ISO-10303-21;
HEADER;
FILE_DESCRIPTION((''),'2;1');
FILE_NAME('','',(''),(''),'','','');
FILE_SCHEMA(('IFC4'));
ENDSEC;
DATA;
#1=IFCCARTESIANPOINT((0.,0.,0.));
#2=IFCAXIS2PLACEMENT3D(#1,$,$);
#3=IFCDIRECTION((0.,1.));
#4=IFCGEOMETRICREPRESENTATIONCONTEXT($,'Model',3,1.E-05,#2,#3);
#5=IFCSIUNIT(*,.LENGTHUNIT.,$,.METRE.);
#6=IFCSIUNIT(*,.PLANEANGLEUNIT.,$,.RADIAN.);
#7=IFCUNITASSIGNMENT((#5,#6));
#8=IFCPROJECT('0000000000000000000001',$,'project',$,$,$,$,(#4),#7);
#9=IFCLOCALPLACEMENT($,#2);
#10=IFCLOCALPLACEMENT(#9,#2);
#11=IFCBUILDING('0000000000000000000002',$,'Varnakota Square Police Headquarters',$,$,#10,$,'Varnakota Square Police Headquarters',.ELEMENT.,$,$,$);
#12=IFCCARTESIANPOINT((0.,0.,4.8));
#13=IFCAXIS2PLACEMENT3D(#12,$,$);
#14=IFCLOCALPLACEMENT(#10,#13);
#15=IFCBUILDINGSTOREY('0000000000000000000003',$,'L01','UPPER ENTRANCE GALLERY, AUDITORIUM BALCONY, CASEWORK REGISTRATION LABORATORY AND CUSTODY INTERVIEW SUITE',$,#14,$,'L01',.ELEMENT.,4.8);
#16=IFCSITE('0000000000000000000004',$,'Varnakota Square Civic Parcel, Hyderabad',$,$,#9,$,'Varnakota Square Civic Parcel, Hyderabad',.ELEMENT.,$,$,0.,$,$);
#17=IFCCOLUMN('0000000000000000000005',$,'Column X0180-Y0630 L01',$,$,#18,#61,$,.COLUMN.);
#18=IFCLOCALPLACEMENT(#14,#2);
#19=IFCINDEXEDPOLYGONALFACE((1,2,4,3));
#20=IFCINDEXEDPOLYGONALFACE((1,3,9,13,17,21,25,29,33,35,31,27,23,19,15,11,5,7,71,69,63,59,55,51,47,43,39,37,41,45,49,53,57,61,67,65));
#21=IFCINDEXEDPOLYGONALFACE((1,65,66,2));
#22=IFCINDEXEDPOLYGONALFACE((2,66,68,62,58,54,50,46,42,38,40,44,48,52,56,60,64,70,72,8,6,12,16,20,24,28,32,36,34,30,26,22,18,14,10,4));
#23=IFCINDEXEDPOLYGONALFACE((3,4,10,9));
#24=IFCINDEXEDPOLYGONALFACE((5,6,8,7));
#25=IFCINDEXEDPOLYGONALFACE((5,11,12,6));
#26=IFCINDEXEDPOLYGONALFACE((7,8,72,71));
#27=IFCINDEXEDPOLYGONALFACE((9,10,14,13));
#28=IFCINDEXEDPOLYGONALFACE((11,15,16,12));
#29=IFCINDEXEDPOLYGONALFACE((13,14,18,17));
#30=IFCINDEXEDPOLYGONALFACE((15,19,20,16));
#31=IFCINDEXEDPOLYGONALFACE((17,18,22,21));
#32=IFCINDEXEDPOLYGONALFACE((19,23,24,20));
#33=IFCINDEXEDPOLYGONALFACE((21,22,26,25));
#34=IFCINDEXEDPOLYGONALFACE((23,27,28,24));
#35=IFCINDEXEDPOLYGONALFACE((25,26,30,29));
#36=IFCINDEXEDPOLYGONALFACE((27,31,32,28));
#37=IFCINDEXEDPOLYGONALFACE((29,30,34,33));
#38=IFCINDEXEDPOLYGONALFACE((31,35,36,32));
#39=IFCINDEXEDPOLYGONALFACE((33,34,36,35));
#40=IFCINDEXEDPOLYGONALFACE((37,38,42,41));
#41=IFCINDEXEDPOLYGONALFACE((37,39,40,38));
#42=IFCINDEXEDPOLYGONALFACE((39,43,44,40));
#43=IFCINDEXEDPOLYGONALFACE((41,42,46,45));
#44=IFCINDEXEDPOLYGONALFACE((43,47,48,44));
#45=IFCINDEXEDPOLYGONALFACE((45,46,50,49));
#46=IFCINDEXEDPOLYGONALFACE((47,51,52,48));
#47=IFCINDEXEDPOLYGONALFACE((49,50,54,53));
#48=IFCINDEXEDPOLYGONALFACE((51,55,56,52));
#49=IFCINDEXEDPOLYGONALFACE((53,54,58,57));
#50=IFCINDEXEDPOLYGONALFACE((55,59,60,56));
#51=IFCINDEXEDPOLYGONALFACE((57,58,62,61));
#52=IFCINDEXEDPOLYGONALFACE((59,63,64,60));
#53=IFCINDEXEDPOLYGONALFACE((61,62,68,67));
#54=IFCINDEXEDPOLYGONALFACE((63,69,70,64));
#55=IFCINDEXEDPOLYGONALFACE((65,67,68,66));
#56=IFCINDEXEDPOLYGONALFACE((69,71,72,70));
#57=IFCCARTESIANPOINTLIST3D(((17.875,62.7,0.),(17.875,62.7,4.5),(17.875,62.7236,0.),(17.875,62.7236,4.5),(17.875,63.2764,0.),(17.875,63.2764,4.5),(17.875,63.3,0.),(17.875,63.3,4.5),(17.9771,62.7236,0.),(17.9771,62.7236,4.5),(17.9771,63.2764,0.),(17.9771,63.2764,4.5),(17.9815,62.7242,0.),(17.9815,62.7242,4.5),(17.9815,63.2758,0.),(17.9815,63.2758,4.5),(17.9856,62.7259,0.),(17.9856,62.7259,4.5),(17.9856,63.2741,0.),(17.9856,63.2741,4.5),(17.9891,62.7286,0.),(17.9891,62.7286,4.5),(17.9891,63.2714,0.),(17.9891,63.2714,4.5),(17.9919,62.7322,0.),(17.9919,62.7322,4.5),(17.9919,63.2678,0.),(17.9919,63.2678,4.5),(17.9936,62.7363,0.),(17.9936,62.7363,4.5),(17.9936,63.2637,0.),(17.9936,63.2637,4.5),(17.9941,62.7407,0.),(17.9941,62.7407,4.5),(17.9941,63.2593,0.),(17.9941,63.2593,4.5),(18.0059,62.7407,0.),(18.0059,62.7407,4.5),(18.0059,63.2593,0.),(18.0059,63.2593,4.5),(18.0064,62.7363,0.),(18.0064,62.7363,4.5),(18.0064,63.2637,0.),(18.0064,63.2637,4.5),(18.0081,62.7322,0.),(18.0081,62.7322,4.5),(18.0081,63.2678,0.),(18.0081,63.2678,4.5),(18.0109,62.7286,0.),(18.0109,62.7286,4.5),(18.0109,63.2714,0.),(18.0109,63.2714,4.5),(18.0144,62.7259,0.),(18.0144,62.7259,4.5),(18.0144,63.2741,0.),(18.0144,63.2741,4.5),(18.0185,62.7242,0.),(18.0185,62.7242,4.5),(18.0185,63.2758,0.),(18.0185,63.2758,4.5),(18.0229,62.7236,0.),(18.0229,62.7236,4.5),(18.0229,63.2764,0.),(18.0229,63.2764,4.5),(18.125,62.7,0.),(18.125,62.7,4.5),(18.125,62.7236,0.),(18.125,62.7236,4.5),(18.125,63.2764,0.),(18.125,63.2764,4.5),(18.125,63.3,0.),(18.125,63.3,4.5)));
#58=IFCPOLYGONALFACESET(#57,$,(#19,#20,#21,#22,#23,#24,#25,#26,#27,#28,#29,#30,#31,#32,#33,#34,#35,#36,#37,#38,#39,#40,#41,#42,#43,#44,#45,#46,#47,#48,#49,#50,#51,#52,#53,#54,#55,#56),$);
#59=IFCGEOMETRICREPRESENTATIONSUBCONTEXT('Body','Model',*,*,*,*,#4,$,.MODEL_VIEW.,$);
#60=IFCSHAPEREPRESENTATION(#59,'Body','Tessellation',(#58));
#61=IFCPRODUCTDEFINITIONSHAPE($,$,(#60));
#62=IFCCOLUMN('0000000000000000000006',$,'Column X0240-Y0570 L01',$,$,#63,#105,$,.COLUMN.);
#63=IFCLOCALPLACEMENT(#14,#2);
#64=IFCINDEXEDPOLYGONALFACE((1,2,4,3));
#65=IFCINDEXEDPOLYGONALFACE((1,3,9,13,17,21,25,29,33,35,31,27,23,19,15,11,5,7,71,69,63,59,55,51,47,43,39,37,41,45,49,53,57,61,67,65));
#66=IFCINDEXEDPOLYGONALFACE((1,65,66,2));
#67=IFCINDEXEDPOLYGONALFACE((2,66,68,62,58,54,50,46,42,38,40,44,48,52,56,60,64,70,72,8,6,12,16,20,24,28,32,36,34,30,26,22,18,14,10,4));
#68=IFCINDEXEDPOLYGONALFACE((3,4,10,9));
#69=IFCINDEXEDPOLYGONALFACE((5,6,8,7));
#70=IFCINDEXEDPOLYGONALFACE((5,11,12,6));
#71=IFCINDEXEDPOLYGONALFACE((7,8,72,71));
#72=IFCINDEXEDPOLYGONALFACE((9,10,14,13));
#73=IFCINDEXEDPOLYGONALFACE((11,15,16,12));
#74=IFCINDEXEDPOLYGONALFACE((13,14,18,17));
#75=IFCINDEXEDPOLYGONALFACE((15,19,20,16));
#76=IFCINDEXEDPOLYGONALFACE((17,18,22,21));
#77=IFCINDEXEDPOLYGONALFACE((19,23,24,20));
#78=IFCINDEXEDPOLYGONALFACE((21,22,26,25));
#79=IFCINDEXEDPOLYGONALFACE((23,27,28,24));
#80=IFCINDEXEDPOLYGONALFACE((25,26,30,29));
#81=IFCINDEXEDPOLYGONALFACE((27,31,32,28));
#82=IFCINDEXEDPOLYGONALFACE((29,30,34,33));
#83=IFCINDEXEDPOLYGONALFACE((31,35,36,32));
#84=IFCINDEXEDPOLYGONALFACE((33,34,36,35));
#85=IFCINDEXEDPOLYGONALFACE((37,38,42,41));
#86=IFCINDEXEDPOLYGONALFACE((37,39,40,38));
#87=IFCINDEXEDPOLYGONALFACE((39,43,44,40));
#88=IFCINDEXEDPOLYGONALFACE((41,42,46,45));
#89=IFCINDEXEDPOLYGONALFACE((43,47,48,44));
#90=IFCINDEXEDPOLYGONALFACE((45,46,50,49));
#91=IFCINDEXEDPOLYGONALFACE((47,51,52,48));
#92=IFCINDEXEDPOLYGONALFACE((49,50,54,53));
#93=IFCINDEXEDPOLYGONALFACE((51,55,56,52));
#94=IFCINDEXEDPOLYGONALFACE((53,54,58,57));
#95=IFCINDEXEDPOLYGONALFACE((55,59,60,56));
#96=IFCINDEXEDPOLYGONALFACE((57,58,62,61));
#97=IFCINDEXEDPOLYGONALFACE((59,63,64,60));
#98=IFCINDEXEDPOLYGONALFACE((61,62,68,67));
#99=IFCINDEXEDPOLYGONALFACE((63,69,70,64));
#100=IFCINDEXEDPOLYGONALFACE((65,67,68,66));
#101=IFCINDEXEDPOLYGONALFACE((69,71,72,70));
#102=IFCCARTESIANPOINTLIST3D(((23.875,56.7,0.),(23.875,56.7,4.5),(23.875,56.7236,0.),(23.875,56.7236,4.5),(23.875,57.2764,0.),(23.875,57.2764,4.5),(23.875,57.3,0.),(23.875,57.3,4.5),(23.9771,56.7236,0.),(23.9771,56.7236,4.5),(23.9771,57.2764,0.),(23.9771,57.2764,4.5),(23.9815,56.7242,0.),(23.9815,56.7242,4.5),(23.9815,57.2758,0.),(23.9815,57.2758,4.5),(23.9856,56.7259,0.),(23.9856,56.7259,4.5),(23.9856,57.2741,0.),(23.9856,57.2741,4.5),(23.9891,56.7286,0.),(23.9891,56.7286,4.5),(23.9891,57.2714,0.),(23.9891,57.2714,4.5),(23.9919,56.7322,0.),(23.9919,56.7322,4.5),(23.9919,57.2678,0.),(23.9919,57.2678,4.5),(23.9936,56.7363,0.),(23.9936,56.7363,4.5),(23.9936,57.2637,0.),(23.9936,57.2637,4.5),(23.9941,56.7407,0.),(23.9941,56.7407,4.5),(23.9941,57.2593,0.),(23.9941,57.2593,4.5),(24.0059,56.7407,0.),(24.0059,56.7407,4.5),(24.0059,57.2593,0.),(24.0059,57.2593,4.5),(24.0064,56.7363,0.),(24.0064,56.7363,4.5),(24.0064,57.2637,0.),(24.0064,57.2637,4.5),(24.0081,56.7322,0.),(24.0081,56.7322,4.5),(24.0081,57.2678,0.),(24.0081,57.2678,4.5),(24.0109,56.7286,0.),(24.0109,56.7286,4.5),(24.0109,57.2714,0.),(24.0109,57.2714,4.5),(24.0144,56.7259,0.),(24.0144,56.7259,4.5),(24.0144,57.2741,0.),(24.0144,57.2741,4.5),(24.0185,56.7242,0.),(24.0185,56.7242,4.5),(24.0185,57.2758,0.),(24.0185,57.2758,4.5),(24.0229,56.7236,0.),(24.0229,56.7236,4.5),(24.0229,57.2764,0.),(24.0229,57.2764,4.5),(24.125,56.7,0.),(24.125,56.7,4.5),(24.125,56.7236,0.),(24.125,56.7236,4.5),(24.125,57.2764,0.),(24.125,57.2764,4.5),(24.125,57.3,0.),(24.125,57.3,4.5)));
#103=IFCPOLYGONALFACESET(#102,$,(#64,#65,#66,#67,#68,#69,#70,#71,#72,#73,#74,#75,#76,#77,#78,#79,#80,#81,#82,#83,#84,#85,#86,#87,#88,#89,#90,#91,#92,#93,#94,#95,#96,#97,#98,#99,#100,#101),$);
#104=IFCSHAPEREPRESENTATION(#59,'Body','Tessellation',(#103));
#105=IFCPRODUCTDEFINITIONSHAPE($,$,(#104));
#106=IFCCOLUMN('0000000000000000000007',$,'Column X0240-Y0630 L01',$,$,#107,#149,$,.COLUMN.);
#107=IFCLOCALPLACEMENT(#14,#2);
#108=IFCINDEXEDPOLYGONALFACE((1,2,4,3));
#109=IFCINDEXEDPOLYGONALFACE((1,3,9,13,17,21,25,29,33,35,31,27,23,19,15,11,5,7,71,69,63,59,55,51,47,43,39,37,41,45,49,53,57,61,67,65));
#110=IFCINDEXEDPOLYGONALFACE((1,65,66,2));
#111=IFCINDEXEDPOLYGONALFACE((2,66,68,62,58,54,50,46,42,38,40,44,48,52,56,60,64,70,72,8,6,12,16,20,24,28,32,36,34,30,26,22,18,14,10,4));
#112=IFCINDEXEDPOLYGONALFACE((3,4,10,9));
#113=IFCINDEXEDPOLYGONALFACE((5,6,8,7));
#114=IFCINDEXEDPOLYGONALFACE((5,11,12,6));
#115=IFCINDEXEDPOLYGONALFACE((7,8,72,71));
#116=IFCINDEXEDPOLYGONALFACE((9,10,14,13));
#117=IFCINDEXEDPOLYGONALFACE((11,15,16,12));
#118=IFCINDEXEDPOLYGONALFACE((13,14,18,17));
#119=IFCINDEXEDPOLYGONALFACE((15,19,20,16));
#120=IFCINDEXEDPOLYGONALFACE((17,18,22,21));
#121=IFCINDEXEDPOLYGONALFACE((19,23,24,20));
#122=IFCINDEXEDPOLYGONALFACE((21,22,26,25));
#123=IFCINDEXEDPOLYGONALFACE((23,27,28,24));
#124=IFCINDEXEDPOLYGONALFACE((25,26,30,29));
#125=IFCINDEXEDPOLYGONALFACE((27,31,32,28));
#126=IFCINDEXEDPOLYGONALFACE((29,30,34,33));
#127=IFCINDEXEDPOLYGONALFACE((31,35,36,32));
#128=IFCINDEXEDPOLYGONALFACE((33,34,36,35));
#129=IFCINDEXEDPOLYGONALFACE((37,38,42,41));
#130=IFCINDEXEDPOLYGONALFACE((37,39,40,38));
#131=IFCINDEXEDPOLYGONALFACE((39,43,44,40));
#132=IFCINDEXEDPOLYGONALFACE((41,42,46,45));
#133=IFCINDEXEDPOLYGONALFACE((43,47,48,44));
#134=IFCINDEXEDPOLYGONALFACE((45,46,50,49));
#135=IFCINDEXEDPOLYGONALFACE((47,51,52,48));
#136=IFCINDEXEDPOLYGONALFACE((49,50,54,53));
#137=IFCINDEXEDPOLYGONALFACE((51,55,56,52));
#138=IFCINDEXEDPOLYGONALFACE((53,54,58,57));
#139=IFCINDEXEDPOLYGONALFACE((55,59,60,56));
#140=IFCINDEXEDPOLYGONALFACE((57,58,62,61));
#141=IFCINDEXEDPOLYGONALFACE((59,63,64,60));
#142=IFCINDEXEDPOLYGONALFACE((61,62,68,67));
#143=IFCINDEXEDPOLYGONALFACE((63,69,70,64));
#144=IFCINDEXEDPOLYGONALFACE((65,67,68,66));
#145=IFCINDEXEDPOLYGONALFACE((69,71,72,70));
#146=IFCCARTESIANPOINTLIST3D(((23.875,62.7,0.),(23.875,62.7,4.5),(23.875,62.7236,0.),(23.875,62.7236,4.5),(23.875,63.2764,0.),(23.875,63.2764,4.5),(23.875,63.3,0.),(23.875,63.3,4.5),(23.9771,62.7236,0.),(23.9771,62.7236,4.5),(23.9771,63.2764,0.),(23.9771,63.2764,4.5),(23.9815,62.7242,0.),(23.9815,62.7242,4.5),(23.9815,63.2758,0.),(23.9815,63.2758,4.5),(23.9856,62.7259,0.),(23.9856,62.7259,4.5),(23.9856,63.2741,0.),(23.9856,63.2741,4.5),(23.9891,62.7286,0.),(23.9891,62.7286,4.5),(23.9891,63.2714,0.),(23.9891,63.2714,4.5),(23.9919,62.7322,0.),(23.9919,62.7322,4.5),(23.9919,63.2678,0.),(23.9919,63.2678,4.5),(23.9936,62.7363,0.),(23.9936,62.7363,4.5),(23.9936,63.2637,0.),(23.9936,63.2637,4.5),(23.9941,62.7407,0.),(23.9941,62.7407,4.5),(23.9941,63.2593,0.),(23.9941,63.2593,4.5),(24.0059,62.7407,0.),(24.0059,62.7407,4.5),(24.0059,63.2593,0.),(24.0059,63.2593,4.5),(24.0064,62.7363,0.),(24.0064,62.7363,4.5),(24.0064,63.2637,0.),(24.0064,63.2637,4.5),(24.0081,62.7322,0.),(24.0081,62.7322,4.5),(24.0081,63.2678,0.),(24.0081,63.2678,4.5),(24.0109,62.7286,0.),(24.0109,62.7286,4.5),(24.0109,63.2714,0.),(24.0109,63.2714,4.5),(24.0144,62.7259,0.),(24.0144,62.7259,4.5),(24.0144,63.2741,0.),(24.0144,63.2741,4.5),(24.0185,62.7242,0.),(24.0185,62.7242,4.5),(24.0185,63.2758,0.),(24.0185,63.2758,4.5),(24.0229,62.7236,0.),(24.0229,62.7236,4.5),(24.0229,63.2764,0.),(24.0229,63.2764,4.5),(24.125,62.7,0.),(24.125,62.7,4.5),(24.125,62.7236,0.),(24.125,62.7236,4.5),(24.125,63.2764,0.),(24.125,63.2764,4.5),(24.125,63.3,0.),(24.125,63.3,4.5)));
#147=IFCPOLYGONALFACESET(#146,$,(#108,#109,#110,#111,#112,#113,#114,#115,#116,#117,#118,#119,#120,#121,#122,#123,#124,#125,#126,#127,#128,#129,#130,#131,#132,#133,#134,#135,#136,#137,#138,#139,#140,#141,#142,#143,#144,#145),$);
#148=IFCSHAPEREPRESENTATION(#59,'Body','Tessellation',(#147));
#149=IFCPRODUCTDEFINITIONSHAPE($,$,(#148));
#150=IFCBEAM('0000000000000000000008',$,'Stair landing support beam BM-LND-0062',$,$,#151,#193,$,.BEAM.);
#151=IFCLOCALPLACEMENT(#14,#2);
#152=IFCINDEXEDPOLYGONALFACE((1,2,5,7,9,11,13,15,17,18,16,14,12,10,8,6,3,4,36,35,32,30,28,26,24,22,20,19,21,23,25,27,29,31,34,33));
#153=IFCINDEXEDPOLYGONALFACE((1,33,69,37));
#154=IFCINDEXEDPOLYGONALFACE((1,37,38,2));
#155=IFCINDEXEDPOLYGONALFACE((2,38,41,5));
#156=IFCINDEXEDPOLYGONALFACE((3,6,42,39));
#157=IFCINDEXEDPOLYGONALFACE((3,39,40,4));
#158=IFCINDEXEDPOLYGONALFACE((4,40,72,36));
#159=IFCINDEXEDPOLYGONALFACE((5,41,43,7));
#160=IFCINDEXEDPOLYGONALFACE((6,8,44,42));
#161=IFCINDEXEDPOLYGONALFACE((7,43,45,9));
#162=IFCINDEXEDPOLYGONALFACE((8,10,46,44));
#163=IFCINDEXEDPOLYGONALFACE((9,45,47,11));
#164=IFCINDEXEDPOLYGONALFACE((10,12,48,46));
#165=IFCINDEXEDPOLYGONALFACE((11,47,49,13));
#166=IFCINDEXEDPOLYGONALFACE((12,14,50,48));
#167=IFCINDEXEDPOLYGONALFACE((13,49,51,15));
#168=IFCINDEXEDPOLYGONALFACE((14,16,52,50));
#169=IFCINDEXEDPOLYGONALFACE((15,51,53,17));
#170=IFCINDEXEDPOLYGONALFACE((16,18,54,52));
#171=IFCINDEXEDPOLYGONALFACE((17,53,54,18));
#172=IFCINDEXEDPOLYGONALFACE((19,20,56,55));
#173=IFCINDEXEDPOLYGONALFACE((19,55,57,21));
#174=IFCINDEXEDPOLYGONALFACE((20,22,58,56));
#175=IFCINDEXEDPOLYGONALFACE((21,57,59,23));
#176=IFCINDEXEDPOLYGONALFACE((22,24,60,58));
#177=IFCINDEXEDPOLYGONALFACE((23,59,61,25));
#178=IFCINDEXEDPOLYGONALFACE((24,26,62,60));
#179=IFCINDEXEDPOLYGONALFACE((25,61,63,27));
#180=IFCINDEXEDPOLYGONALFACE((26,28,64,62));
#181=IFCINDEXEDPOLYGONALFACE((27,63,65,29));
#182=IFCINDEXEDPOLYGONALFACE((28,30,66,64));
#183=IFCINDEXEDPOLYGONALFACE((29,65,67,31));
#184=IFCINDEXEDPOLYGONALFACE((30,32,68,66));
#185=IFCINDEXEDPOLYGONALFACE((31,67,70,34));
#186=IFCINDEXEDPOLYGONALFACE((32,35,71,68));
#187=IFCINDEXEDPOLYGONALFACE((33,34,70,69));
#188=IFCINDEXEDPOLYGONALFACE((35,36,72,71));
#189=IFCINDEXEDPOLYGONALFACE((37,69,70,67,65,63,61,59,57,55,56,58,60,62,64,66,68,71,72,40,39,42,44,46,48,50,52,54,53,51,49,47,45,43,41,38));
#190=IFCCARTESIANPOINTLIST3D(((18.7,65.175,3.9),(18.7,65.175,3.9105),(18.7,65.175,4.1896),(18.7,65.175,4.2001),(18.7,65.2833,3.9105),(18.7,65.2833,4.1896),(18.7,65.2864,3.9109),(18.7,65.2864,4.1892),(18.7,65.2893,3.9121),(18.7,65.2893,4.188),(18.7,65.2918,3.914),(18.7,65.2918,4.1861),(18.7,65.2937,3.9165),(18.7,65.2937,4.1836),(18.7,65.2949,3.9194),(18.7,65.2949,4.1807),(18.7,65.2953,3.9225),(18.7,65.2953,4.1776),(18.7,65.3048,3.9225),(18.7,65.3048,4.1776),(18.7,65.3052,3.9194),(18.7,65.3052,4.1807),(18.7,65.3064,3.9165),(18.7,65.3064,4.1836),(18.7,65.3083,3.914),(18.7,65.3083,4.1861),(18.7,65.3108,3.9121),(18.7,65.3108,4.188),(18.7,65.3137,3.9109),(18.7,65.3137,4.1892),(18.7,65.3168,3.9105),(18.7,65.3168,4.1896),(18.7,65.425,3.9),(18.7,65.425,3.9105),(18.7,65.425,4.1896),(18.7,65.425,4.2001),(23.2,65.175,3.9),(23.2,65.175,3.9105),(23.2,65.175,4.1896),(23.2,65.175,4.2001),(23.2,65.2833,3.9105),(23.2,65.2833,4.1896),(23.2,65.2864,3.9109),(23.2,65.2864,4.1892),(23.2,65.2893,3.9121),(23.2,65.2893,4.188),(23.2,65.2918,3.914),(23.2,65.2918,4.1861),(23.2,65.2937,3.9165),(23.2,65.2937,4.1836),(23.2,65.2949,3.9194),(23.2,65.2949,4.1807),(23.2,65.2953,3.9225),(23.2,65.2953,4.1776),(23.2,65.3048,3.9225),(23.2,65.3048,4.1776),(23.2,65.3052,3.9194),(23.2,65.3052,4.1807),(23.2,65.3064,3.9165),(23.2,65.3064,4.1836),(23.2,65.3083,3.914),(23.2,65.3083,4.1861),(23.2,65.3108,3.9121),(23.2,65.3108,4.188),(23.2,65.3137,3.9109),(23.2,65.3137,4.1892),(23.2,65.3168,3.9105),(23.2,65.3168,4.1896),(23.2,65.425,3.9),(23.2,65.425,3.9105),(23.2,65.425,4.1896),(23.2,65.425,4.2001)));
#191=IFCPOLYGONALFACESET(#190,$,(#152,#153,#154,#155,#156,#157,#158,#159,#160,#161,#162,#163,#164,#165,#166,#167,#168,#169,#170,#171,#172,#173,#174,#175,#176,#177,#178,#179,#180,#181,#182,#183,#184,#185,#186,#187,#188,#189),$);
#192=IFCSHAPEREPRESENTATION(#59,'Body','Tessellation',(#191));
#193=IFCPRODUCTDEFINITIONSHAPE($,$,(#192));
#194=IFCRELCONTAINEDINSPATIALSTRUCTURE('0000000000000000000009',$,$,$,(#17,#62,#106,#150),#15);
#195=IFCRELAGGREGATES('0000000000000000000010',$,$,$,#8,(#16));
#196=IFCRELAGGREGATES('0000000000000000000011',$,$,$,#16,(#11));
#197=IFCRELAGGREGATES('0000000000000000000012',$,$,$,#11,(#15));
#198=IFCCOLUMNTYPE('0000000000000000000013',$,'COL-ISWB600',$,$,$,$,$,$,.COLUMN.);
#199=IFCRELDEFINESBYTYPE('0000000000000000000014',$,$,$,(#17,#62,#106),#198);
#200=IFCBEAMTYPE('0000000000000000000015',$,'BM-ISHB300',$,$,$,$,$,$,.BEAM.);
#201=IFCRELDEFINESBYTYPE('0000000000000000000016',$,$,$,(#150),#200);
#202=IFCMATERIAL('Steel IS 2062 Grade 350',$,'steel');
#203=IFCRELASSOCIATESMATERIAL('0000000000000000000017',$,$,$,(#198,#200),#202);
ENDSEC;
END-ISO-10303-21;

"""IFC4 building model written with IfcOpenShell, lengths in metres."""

from ifc_helpers import new_model, si_unit, direction, frame, origin, origin_2d, place, context, subcontext, project, spatial, i_section, extrude, material, material_profile, profile_set, type_object, element, save


model = new_model("IFC4")

# Units and contexts
model_context = context("Model", 3, precision=1e-05, world=origin(), true_north=direction((0.0, 1.0)))
body_context = subcontext(model_context, "Body", "Model", "MODEL_VIEW")
ifc_project = project(units=[si_unit("LENGTHUNIT", "METRE"), si_unit("PLANEANGLEUNIT", "RADIAN")], contexts=[model_context])

# Site, building, storey
site_placement = place(None, origin())
site = spatial("IfcSite", under=ifc_project, at=site_placement, Name="Varnakota Square Civic Parcel, Hyderabad", LongName="Varnakota Square Civic Parcel, Hyderabad", CompositionType="ELEMENT", RefElevation=0.0)
building_placement = place(site_placement, origin())
building = spatial("IfcBuilding", under=site, at=building_placement, Name="Varnakota Square Police Headquarters", LongName="Varnakota Square Police Headquarters", CompositionType="ELEMENT")
storey_placement = place(building_placement, frame((0.0, 0.0, 4.8)))
storey = spatial("IfcBuildingStorey", under=building, at=storey_placement, Name="L01", Description="UPPER ENTRANCE GALLERY, AUDITORIUM BALCONY, CASEWORK REGISTRATION LABORATORY AND CUSTODY INTERVIEW SUITE", LongName="L01", CompositionType="ELEMENT", Elevation=4.8)

# Columns
ifc_material_1 = material(Name="Steel IS 2062 Grade 350", Category="steel")
ifc_material_profile_1 = material_profile(ifc_material_1, i_section(OverallWidth=0.25, OverallDepth=0.6001, WebThickness=0.0117, FlangeThickness=0.0237, FilletRadius=0.0171, at=origin_2d()), Name="ISWB 600")
ifc_profile_set_1 = profile_set([ifc_material_profile_1], Name="Steel IS 2062 Grade 350")
column_type = type_object("IfcColumnType", Name="COL-ISWB600", PredefinedType="COLUMN", material=ifc_profile_set_1)
for number, where, z_axis, x_axis, name in (
    (1, (18.0, 63.0, 0.0), (0.0, 0.0, 1.0), (1.0, 0.0, 0.0), "Column X0180-Y0630 L01"),
    (2, (24.0, 57.0, 0.0), (0.0, 0.0, 1.0), (1.0, 0.0, 0.0), "Column X0240-Y0570 L01"),
    (3, (24.0, 63.0, 0.0), (0.0, 0.0, 1.0), (1.0, 0.0, 0.0), "Column X0240-Y0630 L01"),
):
    element("IfcColumn", number, at=place(storey_placement, frame(where, z_axis=z_axis, x_axis=x_axis)), inside=storey, type_object=column_type, Name=name, PredefinedType="COLUMN", context=body_context, shape_type="SweptSolid", body=[
        extrude(i_section(OverallWidth=0.25, OverallDepth=0.6001, WebThickness=0.0117, FlangeThickness=0.0237, FilletRadius=0.0171, at=origin_2d()), origin(), (0.0, 0.0, 1.0), 4.5),
    ])

# Beam
ifc_material_profile_2 = material_profile(ifc_material_1, i_section(OverallWidth=0.25, OverallDepth=0.3, WebThickness=0.0095, FlangeThickness=0.0105, FilletRadius=0.012, at=origin_2d()), Name="ISHB 300")
ifc_profile_set_2 = profile_set([ifc_material_profile_2], Name="Steel IS 2062 Grade 350")
beam_type_1 = type_object("IfcBeamType", Name="BM-ISHB300", PredefinedType="BEAM", material=ifc_profile_set_2)
beam_1_placement = place(storey_placement, frame((18.7, 65.3, 4.05), z_axis=(1.0, 0.0, 0.0), x_axis=(0.0, 1.0, 0.0)))
element("IfcBeam", 4, at=beam_1_placement, inside=storey, type_object=beam_type_1, Name="Stair landing support beam BM-LND-0062", PredefinedType="BEAM", context=body_context, shape_type="SweptSolid", body=[
    extrude(i_section(OverallWidth=0.25, OverallDepth=0.3, WebThickness=0.0095, FlangeThickness=0.0105, FilletRadius=0.012, at=origin_2d()), origin(), (0.0, 0.0, 1.0), 4.5),
])

save(model, "model.ifc")
